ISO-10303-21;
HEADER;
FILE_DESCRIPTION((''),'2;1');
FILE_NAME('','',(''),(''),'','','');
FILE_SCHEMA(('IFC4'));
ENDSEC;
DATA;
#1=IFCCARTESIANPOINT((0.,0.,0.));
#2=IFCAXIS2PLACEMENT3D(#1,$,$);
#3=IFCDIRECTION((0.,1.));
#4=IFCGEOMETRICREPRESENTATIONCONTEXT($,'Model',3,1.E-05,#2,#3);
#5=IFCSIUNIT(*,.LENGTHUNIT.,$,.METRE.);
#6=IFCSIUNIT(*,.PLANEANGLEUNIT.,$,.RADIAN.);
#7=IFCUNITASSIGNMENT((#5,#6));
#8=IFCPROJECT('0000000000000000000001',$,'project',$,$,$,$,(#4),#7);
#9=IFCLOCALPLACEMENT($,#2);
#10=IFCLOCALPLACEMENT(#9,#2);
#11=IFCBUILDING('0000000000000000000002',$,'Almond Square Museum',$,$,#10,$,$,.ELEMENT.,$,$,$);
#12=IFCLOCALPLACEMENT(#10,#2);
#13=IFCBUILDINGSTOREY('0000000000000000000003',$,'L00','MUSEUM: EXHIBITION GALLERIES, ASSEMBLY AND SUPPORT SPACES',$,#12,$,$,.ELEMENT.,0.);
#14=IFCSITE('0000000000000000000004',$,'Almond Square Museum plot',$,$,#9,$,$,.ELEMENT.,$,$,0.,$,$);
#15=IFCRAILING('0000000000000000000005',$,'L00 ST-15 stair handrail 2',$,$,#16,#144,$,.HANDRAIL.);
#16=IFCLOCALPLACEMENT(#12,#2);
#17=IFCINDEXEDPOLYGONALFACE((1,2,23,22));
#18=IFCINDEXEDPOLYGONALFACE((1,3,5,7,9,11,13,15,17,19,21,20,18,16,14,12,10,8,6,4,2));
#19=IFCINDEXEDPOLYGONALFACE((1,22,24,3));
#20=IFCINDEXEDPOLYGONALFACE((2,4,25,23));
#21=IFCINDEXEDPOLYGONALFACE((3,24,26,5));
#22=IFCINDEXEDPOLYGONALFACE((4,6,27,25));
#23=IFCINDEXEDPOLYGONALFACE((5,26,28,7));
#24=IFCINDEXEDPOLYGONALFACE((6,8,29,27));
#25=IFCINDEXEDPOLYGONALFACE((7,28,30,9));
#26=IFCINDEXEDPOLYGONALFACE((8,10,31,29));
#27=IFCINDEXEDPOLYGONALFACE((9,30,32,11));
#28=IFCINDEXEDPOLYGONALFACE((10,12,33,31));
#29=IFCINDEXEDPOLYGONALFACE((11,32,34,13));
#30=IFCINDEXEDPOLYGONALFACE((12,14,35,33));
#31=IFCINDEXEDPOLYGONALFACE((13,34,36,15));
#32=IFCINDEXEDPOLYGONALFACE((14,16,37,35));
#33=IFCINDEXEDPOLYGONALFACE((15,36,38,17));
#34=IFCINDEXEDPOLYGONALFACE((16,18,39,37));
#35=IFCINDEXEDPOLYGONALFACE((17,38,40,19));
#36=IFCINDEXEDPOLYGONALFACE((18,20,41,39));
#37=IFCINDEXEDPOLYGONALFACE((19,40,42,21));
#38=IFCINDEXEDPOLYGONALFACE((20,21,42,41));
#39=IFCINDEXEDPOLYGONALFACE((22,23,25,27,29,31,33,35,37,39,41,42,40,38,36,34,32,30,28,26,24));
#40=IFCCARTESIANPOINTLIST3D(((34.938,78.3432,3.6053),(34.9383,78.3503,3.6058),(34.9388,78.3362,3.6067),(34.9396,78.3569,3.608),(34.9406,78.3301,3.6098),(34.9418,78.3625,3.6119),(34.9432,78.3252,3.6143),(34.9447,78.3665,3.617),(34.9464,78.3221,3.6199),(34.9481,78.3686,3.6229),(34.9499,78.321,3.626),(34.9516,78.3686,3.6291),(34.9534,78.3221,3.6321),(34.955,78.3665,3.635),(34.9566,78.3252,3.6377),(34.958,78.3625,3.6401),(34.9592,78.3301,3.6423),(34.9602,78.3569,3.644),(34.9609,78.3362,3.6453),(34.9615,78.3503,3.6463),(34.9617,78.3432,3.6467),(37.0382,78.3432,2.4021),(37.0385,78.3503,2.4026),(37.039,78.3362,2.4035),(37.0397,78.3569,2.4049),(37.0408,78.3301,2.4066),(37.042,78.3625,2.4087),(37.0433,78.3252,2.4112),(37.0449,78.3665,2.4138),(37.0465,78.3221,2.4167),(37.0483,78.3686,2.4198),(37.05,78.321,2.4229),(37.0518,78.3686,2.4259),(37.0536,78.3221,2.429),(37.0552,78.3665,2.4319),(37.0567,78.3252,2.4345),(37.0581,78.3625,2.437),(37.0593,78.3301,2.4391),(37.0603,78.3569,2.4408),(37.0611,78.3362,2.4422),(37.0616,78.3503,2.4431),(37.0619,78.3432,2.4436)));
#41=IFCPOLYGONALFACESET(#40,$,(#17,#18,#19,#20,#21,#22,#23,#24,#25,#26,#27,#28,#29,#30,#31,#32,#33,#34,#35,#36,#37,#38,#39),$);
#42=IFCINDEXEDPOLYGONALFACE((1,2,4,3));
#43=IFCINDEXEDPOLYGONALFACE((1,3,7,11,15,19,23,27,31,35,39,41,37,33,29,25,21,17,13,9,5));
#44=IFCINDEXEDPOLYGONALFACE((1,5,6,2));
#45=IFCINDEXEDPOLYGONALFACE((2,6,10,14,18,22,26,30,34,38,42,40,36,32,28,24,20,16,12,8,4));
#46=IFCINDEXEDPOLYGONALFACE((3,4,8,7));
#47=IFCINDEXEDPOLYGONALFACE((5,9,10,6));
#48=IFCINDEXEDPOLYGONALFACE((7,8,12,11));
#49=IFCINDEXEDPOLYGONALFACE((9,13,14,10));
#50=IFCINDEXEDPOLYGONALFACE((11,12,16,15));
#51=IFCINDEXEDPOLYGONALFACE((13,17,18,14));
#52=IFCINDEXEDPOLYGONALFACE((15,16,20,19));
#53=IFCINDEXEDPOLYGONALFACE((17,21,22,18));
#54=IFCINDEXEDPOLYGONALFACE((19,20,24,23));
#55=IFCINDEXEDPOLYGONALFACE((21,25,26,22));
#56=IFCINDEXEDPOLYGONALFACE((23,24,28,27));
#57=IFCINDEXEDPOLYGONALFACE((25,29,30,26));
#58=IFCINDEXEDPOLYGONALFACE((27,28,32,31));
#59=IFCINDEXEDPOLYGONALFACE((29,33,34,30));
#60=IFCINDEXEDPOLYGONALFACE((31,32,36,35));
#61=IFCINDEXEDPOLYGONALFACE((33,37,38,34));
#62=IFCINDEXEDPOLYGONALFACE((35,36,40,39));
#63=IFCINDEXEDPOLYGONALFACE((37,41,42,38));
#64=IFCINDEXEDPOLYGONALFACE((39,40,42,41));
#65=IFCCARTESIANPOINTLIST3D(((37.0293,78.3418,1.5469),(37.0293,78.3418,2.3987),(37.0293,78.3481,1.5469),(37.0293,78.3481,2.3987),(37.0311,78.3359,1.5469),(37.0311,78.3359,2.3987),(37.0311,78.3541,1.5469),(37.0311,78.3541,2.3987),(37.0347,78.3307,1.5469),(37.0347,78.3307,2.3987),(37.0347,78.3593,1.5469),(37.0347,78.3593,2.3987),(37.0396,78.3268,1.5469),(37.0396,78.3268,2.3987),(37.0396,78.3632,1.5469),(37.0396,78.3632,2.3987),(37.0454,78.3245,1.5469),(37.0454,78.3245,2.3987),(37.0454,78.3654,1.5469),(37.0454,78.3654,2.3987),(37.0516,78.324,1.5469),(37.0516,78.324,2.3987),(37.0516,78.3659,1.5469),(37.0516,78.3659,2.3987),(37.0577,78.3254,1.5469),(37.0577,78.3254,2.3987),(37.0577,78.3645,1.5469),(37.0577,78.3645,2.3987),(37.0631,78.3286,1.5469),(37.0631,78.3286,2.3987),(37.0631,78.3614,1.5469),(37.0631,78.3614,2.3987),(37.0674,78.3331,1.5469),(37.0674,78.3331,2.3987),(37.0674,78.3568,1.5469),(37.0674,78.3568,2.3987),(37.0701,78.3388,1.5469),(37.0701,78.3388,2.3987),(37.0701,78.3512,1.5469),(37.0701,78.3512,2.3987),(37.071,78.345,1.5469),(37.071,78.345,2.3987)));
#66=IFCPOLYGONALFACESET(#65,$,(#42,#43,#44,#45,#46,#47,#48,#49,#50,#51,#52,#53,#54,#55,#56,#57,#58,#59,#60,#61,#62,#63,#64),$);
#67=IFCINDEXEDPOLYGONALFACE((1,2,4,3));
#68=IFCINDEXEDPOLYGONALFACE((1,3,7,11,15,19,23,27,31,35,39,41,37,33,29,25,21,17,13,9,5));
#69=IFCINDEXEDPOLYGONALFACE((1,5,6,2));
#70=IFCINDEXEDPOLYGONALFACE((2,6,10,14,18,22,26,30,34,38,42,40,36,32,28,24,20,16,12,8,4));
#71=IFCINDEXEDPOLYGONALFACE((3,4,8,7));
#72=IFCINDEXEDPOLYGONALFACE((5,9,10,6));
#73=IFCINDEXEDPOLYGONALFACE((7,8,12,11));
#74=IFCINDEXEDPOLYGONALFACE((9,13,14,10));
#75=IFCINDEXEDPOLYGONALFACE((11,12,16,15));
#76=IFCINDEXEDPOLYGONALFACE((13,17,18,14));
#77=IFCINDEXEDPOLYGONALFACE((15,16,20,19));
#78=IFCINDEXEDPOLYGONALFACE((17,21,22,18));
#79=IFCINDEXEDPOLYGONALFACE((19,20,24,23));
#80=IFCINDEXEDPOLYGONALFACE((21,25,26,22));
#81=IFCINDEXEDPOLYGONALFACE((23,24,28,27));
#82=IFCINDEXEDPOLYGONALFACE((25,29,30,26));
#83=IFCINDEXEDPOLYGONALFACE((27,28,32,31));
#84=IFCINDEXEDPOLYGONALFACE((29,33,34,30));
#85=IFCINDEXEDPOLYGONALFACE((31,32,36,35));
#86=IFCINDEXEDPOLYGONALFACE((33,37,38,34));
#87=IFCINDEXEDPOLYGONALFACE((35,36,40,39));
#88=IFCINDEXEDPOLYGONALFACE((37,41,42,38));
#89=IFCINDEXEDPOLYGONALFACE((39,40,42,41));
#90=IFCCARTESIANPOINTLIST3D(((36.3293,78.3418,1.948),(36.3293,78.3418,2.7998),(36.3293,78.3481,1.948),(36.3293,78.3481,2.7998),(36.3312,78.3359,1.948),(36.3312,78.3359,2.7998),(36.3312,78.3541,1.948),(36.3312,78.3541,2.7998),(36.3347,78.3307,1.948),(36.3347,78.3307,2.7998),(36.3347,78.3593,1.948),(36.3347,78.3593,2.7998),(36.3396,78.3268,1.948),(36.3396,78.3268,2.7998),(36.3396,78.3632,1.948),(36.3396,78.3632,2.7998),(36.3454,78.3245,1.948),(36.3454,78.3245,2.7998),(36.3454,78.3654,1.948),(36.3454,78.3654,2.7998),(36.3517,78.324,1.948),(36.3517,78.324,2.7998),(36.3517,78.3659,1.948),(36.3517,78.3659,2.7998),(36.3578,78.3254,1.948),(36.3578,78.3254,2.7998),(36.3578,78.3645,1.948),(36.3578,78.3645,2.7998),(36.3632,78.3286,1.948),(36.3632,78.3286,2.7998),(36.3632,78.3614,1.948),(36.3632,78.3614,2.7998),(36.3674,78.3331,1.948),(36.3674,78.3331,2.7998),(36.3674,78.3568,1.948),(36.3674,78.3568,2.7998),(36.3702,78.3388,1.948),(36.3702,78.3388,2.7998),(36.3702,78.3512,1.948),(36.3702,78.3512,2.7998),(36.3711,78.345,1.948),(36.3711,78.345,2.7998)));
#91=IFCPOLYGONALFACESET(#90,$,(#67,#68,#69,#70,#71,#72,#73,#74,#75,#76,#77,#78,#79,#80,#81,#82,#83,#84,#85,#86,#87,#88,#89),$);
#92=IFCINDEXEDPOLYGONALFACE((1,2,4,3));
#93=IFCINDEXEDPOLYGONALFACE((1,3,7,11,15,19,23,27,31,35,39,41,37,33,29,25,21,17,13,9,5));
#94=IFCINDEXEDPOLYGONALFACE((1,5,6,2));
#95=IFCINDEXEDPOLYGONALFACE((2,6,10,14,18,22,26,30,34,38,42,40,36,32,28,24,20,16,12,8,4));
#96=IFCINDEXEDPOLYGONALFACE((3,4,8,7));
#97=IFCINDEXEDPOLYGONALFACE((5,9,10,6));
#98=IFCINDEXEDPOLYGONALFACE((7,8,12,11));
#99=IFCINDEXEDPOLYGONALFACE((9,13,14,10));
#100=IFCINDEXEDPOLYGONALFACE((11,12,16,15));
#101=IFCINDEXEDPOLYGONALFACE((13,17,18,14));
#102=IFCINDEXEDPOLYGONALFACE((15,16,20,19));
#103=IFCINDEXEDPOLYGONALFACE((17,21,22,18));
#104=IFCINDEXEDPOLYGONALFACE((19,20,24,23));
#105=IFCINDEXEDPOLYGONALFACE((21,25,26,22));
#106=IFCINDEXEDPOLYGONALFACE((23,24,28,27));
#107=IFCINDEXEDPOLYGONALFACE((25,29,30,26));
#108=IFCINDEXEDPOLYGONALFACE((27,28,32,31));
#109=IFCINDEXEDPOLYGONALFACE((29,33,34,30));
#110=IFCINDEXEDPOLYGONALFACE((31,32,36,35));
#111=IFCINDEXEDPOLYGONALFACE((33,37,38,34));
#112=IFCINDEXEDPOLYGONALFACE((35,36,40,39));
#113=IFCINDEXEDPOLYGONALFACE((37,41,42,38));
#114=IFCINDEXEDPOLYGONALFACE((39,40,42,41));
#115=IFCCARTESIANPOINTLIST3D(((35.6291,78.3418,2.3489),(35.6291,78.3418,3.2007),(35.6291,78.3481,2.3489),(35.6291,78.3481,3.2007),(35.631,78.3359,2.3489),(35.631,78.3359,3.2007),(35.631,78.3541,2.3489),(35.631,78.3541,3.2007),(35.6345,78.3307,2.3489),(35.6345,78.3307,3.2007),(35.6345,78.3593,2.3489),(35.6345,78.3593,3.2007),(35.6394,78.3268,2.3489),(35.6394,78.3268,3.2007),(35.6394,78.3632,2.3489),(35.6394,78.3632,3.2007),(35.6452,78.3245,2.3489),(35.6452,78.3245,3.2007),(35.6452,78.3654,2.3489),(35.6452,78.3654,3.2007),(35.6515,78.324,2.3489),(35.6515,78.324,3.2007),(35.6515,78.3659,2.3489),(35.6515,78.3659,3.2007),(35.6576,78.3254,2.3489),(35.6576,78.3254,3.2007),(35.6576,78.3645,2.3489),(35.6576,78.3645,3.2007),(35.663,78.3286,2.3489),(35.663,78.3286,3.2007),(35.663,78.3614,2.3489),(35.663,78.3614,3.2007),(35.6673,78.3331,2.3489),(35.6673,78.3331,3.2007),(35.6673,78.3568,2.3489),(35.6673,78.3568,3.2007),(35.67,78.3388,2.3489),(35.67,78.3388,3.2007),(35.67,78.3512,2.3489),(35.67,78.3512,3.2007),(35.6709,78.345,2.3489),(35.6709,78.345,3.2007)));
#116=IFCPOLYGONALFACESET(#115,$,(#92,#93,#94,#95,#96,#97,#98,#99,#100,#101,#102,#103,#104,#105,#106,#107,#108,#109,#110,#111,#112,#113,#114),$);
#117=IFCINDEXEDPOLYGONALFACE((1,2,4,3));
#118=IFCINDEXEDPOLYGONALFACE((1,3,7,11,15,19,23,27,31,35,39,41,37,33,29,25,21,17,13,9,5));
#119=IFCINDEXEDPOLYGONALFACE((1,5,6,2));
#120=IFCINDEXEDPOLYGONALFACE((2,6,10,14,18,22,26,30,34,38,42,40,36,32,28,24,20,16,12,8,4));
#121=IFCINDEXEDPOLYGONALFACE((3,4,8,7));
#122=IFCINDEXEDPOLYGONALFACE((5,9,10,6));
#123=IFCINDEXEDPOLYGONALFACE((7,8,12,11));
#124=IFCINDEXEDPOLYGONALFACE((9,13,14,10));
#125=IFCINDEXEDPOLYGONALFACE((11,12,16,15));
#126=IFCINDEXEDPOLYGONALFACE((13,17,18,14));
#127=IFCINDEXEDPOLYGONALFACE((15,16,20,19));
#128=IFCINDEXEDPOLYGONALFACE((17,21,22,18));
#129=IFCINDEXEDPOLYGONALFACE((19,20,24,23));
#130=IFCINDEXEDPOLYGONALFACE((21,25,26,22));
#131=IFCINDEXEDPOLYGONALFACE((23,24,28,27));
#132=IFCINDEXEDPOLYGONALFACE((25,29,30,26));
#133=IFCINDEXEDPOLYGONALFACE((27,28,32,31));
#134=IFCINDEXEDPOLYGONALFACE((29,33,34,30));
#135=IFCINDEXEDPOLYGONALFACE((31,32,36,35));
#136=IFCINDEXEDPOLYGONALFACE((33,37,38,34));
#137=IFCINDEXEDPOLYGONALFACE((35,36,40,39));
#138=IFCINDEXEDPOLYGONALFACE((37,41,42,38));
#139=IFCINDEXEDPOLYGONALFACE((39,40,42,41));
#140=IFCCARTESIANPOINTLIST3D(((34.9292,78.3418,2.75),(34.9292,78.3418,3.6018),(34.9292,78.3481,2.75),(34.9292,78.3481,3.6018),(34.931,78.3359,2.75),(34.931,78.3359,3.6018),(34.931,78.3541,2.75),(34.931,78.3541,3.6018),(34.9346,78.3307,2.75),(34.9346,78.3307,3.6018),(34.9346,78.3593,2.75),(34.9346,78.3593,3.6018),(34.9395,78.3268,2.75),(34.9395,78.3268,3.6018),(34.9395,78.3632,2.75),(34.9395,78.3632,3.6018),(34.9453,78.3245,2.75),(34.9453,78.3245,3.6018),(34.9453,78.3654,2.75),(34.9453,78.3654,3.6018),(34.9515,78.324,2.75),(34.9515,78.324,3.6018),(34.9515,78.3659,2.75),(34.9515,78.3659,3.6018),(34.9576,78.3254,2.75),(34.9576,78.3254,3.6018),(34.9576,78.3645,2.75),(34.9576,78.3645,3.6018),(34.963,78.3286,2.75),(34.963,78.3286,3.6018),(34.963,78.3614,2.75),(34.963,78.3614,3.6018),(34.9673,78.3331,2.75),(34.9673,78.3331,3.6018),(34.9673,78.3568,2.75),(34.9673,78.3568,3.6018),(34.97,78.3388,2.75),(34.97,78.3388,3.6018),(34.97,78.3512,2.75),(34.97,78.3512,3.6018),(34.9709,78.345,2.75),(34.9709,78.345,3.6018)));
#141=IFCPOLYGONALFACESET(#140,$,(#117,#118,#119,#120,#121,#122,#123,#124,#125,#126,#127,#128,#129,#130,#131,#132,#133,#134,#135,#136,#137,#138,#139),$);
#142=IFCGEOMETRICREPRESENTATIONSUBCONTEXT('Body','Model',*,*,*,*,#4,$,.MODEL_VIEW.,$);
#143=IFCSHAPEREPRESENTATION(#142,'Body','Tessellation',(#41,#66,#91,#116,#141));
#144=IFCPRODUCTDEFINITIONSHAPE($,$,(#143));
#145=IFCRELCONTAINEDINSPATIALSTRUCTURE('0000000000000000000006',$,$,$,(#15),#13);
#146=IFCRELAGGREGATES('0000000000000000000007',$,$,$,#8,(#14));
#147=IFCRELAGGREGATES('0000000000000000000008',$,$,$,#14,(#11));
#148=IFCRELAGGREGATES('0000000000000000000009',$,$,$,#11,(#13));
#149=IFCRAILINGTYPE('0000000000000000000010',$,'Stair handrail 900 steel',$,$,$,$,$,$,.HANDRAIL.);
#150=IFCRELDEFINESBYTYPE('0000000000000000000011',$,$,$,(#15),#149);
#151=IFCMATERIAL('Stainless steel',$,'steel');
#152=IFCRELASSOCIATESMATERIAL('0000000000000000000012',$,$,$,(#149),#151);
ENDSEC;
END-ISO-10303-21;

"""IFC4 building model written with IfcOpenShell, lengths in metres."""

from ifc_helpers import new_model, si_unit, direction, frame, origin, origin_2d, place, context, subcontext, project, spatial, circle, extrude, material, type_object, element, save


model = new_model("IFC4")

# Units and contexts
model_context = context("Model", 3, precision=1e-05, world=origin(), true_north=direction((0.0, 1.0)))
body_context = subcontext(model_context, "Body", "Model", "MODEL_VIEW")
ifc_project = project(units=[si_unit("LENGTHUNIT", "METRE"), si_unit("PLANEANGLEUNIT", "RADIAN")], contexts=[model_context])

# Site, building, storey
site_placement = place(None, origin())
site = spatial("IfcSite", under=ifc_project, at=site_placement, Name="Almond Square Museum plot", CompositionType="ELEMENT", RefElevation=0.0)
building_placement = place(site_placement, origin())
building = spatial("IfcBuilding", under=site, at=building_placement, Name="Almond Square Museum", CompositionType="ELEMENT")
storey_placement = place(building_placement, origin())
storey = spatial("IfcBuildingStorey", under=building, at=storey_placement, Name="L00", Description="MUSEUM: EXHIBITION GALLERIES, ASSEMBLY AND SUPPORT SPACES", CompositionType="ELEMENT", Elevation=0.0)

# Railing
ifc_material_1 = material(Name="Stainless steel", Category="steel")
railing_type_1 = type_object("IfcRailingType", Name="Stair handrail 900 steel", PredefinedType="HANDRAIL", material=ifc_material_1)
for number, where, name in (
    (1, (37.05, 78.345, 1.5469), "L00 ST-15 stair handrail 2"),
):
    element("IfcRailing", number, at=place(storey_placement, frame(where)), inside=storey, type_object=railing_type_1, Name=name, PredefinedType="HANDRAIL", context=body_context, shape_type="SweptSolid", body=[
        extrude(circle(Radius=0.0239, at=origin_2d()), frame((0.0, 0.0, 0.876), z_axis=(-0.867696, 0.0, 0.497095), x_axis=(0.0, -1.0, 0.0)), (0.0, 0.0, 1.0), 2.4204),
        extrude(circle(Radius=0.021, at=origin_2d()), origin(), (0.0, 0.0, 1.0), 0.8518),
        extrude(circle(Radius=0.021, at=origin_2d()), frame((-0.7, 0.0, 0.4011)), (0.0, 0.0, 1.0), 0.8518),
        extrude(circle(Radius=0.021, at=origin_2d()), frame((-1.4001, 0.0, 0.802)), (0.0, 0.0, 1.0), 0.8518),
        extrude(circle(Radius=0.021, at=origin_2d()), frame((-2.1001, 0.0, 1.2031)), (0.0, 0.0, 1.0), 0.8518),
    ])

save(model, "model.ifc")
